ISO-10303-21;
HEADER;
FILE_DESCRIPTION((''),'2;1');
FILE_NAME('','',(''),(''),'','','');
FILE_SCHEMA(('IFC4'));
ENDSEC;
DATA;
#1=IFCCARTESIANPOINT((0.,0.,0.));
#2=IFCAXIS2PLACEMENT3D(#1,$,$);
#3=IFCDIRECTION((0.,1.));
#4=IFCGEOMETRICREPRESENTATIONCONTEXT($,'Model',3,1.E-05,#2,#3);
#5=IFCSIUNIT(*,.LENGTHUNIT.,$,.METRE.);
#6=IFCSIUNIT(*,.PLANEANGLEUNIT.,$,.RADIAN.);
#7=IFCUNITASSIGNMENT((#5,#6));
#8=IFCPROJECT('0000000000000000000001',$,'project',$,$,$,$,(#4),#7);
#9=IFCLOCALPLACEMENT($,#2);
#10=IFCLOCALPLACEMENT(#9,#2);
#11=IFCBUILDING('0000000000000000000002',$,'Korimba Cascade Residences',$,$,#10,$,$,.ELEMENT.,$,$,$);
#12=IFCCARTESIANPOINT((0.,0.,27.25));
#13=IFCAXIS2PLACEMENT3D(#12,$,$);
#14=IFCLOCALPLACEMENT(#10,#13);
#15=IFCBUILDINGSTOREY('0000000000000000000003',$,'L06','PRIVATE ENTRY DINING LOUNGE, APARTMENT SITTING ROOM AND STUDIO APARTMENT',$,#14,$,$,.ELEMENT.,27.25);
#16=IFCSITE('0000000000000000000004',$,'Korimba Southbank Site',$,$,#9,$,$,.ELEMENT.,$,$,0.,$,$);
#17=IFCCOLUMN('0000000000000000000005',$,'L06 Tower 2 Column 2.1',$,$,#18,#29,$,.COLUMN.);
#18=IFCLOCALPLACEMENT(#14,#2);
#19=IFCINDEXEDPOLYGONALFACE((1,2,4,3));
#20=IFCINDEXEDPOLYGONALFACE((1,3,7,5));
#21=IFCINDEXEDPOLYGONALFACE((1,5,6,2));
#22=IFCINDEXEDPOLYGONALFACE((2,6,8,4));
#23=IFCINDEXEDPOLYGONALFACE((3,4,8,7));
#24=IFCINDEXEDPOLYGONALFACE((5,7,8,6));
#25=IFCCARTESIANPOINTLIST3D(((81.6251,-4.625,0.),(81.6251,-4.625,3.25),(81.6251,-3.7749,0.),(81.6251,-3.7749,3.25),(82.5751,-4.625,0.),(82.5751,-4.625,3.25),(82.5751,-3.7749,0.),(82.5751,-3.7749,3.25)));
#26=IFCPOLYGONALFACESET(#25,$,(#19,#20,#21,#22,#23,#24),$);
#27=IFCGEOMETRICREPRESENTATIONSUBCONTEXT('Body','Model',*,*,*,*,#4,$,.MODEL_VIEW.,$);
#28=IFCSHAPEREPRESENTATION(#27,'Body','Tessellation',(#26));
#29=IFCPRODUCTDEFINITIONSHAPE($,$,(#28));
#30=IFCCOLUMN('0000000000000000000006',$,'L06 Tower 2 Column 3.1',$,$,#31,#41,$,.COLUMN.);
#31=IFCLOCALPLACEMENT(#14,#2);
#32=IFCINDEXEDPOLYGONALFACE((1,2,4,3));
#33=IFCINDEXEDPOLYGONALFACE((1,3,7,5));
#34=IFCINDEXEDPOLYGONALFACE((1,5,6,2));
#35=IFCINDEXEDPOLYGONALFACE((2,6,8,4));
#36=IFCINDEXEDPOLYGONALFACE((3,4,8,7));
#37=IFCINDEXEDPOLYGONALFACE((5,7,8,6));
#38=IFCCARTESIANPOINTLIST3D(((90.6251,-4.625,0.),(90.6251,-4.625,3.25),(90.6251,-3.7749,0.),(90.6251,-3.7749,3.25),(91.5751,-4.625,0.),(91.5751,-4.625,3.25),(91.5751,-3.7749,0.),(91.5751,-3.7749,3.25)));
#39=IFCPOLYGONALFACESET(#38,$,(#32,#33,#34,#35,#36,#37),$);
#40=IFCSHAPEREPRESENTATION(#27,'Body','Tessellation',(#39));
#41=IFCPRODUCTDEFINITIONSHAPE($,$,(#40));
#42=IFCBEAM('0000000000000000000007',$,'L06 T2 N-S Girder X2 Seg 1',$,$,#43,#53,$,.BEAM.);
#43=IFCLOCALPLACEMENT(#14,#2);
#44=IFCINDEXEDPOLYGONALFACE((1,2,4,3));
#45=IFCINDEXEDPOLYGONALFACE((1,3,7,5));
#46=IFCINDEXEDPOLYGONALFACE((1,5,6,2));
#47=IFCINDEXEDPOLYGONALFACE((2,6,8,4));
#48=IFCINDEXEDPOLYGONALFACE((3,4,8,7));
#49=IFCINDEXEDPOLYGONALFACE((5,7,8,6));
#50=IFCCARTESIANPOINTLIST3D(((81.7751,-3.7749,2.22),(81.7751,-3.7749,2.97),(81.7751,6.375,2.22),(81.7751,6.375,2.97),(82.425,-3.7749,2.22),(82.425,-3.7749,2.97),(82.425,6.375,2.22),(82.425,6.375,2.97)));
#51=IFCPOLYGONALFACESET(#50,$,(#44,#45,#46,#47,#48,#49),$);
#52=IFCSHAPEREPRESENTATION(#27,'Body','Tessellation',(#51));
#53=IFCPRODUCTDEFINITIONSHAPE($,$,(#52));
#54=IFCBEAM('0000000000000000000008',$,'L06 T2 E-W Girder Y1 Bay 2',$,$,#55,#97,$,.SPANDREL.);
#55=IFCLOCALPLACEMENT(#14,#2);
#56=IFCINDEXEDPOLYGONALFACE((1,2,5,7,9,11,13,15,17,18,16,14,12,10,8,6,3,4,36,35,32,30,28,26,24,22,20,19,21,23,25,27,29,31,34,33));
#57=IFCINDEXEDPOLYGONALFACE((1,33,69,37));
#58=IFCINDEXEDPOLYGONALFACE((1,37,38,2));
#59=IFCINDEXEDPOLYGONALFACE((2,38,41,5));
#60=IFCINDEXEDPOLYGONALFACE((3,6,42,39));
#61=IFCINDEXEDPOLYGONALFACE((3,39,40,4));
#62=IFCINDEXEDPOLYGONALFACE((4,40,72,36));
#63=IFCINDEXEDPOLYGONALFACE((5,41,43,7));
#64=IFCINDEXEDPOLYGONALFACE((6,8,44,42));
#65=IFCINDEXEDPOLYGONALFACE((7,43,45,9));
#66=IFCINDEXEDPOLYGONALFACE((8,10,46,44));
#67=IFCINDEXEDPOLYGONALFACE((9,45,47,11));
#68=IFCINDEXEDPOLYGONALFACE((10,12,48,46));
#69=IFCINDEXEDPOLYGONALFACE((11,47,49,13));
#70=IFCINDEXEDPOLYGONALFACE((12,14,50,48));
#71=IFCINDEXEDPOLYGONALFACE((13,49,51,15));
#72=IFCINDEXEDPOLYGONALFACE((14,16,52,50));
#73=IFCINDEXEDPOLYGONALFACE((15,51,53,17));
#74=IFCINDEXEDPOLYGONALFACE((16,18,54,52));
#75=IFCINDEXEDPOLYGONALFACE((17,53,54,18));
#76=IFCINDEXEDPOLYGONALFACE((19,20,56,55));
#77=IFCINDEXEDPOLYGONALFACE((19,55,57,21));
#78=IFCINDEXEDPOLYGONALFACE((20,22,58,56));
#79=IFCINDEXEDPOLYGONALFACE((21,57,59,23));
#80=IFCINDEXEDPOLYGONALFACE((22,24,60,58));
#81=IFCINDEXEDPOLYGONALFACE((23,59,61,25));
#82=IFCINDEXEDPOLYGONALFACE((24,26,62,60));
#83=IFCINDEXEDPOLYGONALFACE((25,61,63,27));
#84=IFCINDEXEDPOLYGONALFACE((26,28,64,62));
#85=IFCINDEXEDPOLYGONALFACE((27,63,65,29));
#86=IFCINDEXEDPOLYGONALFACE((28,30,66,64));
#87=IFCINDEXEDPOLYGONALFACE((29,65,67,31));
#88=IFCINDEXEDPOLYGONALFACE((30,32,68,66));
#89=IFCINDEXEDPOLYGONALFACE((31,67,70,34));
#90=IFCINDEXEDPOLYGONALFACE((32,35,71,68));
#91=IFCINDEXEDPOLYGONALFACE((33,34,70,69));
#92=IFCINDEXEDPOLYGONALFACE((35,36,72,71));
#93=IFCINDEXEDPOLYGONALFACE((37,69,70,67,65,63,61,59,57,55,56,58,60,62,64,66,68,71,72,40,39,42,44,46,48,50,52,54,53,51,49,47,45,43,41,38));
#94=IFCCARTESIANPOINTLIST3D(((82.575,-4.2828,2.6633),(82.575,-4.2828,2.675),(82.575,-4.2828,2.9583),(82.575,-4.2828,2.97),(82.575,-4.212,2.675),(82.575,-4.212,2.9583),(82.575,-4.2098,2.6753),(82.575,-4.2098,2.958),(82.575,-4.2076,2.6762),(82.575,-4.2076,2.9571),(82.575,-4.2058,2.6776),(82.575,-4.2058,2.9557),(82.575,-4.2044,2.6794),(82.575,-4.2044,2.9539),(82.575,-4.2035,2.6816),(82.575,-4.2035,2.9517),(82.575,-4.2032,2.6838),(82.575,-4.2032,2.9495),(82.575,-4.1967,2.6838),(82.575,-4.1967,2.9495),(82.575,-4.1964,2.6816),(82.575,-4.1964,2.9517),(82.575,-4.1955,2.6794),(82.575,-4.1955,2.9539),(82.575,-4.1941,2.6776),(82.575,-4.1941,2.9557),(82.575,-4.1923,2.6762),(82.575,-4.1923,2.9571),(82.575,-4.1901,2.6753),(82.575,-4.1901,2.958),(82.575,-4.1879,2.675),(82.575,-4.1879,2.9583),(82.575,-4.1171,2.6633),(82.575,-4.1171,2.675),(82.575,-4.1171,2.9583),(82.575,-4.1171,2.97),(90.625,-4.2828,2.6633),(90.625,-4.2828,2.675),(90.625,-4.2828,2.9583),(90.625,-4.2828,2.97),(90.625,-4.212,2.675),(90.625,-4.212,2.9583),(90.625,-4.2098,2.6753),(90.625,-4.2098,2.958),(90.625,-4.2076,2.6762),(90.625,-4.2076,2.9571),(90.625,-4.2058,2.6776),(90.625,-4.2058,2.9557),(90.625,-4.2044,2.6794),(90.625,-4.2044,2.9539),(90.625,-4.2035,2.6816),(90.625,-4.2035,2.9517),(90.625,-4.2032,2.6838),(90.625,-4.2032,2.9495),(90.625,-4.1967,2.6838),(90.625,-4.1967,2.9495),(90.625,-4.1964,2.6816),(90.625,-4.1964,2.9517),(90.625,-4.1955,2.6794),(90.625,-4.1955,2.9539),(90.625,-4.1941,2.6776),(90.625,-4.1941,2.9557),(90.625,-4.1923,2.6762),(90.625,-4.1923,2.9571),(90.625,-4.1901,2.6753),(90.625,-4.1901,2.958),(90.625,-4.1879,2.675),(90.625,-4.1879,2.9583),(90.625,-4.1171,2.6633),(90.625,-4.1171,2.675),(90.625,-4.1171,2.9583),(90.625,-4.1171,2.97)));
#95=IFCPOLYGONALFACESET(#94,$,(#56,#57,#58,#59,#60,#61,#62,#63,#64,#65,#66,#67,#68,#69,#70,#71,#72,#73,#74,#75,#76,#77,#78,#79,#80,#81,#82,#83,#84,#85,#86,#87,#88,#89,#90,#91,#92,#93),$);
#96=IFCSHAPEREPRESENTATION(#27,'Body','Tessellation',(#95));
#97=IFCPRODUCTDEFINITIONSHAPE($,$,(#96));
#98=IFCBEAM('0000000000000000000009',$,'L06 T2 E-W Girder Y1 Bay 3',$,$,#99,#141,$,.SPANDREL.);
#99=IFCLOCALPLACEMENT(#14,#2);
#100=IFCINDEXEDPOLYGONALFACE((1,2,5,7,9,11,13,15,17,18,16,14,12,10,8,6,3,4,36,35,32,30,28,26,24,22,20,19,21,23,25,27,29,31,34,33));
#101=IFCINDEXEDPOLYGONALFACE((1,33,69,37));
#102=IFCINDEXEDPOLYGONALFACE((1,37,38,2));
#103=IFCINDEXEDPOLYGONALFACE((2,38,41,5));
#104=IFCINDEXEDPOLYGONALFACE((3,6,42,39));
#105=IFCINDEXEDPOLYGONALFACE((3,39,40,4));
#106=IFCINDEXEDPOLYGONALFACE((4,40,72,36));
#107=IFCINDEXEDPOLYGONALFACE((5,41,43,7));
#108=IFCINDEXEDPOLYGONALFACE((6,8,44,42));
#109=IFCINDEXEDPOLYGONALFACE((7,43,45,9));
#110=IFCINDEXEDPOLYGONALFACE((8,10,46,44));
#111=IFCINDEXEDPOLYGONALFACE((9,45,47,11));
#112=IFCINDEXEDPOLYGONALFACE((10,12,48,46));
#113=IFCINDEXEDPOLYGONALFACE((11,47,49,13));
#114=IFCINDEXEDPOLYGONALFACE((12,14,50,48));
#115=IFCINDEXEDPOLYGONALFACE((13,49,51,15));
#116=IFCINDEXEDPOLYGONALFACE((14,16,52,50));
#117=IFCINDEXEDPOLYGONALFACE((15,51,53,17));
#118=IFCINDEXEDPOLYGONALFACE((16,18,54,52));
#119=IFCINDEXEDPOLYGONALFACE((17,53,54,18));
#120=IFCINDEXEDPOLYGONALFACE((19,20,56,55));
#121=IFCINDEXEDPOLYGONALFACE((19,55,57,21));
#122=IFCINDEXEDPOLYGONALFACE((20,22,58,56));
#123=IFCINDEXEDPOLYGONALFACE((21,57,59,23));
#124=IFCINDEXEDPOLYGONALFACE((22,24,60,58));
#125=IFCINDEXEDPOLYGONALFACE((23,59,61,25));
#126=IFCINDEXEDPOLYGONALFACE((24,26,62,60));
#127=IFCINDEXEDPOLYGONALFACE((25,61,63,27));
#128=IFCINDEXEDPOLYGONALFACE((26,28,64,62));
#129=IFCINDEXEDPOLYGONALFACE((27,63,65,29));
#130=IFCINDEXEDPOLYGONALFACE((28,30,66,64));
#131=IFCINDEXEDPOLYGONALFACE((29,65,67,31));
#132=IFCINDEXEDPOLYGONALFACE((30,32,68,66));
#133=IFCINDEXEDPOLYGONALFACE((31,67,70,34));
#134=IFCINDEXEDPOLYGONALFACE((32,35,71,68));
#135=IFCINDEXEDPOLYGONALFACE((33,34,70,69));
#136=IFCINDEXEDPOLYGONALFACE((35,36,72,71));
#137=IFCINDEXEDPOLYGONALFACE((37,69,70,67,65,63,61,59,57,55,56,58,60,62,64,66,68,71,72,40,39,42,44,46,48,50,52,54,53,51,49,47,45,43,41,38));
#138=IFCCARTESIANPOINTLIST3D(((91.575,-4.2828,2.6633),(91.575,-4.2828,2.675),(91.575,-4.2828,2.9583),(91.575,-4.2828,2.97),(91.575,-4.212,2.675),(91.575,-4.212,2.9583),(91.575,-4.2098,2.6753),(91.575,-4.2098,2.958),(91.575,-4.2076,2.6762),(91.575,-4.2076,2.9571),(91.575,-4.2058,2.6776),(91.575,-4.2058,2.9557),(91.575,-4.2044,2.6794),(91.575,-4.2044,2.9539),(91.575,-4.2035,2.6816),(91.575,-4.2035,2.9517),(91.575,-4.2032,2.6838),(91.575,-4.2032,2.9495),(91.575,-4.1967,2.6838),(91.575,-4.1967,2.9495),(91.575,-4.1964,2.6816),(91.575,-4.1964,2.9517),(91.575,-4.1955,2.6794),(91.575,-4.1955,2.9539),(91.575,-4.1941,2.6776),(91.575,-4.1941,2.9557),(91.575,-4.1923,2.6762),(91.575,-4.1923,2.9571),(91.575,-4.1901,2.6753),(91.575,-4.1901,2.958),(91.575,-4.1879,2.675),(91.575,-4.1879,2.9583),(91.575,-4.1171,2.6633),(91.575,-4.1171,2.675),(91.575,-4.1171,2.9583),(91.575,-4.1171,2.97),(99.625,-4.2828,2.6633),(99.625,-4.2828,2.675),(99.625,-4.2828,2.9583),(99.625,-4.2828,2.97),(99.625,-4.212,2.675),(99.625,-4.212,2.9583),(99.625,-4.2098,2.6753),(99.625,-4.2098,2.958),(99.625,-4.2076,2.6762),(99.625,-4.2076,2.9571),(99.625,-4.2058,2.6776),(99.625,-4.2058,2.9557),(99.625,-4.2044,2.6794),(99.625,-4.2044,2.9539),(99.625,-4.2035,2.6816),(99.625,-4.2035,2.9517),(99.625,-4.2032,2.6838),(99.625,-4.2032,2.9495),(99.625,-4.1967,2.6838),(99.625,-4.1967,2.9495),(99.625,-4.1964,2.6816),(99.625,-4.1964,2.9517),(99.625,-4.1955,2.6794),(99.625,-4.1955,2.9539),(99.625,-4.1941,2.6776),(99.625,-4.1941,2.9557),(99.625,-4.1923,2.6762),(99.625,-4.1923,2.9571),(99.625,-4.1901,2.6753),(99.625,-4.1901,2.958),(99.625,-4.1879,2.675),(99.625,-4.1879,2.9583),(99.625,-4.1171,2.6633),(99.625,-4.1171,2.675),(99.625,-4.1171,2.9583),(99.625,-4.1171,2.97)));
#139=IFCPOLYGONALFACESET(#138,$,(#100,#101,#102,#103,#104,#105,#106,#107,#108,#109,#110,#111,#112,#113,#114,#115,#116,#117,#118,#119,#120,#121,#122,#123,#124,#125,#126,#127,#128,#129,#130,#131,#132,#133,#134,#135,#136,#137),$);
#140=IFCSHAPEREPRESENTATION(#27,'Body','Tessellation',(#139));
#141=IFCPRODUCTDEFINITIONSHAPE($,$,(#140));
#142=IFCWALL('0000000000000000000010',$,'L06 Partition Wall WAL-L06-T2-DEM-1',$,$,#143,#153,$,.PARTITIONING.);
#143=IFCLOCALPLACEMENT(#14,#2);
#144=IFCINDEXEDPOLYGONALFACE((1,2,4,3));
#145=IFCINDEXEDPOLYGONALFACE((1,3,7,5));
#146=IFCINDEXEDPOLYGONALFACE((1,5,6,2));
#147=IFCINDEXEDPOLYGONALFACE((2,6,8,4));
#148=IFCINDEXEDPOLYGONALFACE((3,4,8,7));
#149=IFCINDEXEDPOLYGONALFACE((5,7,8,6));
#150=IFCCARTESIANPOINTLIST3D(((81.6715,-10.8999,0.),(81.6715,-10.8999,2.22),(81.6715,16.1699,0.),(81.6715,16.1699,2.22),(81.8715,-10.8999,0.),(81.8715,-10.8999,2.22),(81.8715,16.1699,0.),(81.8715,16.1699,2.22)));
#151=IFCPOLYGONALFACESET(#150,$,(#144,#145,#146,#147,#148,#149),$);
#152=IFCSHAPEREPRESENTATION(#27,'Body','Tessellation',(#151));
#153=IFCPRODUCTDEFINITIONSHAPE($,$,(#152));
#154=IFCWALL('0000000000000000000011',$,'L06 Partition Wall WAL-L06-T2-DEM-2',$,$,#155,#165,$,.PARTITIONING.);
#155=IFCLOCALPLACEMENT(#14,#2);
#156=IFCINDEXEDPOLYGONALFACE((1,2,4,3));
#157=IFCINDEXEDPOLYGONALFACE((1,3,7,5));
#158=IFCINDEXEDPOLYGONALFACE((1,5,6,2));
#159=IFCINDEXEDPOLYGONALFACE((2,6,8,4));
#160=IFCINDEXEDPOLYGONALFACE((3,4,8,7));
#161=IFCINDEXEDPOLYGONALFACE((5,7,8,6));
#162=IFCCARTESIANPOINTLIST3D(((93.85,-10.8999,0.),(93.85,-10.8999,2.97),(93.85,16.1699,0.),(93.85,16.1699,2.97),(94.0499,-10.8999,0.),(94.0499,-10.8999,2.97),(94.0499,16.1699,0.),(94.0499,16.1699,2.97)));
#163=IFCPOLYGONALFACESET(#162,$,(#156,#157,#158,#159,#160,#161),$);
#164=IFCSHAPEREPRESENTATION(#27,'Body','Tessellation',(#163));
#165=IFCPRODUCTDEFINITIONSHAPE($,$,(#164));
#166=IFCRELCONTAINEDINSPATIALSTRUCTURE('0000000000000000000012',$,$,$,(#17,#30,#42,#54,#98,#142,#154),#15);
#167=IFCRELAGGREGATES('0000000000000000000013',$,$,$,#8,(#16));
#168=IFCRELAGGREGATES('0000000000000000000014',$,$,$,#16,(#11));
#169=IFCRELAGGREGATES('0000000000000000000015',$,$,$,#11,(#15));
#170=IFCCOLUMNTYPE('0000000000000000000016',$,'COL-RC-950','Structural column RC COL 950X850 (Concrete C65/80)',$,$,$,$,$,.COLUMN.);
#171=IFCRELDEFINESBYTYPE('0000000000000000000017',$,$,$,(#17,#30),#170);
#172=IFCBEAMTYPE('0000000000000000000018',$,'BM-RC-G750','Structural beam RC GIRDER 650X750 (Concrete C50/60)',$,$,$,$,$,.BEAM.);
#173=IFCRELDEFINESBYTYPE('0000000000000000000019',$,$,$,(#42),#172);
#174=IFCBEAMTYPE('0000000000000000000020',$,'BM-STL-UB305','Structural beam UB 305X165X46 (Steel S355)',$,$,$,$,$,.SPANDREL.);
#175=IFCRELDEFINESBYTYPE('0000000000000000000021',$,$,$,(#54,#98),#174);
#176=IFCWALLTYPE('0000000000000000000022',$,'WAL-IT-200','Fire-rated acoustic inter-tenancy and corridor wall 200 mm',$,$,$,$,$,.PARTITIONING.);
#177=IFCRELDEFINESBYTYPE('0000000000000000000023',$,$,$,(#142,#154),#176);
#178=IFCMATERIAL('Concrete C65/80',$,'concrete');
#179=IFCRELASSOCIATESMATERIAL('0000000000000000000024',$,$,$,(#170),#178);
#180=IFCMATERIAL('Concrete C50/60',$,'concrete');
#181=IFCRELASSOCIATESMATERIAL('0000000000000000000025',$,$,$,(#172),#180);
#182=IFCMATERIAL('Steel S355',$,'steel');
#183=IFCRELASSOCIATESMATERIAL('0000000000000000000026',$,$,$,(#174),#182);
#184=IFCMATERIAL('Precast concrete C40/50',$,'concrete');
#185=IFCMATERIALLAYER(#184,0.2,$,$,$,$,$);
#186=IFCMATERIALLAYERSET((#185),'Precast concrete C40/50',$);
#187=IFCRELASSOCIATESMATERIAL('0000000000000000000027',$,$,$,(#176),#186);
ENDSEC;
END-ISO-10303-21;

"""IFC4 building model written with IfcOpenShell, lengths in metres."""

from ifc_helpers import new_model, si_unit, direction, frame, frame_2d, origin, origin_2d, place, context, subcontext, project, spatial, rectangle, i_section, extrude, material, layer, layer_set, material_profile, profile_set, type_object, element, save


model = new_model("IFC4")

# Units and contexts
model_context = context("Model", 3, precision=1e-05, world=origin(), true_north=direction((0.0, 1.0)))
body_context = subcontext(model_context, "Body", "Model", "MODEL_VIEW")
ifc_project = project(units=[si_unit("LENGTHUNIT", "METRE"), si_unit("PLANEANGLEUNIT", "RADIAN")], contexts=[model_context])

# Site, building, storey
site_placement = place(None, origin())
site = spatial("IfcSite", under=ifc_project, at=site_placement, Name="Korimba Southbank Site", CompositionType="ELEMENT", RefElevation=0.0)
building_placement = place(site_placement, origin())
building = spatial("IfcBuilding", under=site, at=building_placement, Name="Korimba Cascade Residences", CompositionType="ELEMENT")
storey_placement = place(building_placement, frame((0.0, 0.0, 27.25)))
storey = spatial("IfcBuildingStorey", under=building, at=storey_placement, Name="L06", Description="PRIVATE ENTRY DINING LOUNGE, APARTMENT SITTING ROOM AND STUDIO APARTMENT", CompositionType="ELEMENT", Elevation=27.25)

# Columns
ifc_material_1 = material(Name="Concrete C65/80", Category="concrete")
ifc_material_profile_1 = material_profile(ifc_material_1, rectangle(XDim=0.95, YDim=0.8501, at=origin_2d()), Name="Concrete C65/80")
ifc_profile_set_1 = profile_set([ifc_material_profile_1], Name="Concrete C65/80")
column_type = type_object("IfcColumnType", Name="COL-RC-950", Description="Structural column RC COL 950X850 (Concrete C65/80)", PredefinedType="COLUMN", material=ifc_profile_set_1)
for number, where, z_axis, x_axis, name in (
    (1, (82.1001, -4.2, 0.0), (0.0, 0.0, 1.0), (1.0, 0.0, 0.0), "L06 Tower 2 Column 2.1"),
    (2, (91.1001, -4.2, 0.0), (0.0, 0.0, 1.0), (1.0, 0.0, 0.0), "L06 Tower 2 Column 3.1"),
):
    element("IfcColumn", number, at=place(storey_placement, frame(where, z_axis=z_axis, x_axis=x_axis)), inside=storey, type_object=column_type, Name=name, PredefinedType="COLUMN", context=body_context, shape_type="SweptSolid", body=[
        extrude(rectangle(XDim=0.95, YDim=0.8501, at=origin_2d()), origin(), (0.0, 0.0, 1.0), 3.25),
    ])

# Beams
ifc_material_2 = material(Name="Concrete C50/60", Category="concrete")
ifc_material_profile_2 = material_profile(ifc_material_2, rectangle(XDim=0.6499, YDim=0.75, at=origin_2d()), Name="Concrete C50/60")
ifc_profile_set_2 = profile_set([ifc_material_profile_2], Name="Concrete C50/60")
beam_type_1 = type_object("IfcBeamType", Name="BM-RC-G750", Description="Structural beam RC GIRDER 650X750 (Concrete C50/60)", PredefinedType="BEAM", material=ifc_profile_set_2)
beam_placement = place(storey_placement, frame((82.1001, -3.7749, 2.595), z_axis=(0.0, 1.0, 0.0), x_axis=(-1.0, 0.0, 0.0)))
element("IfcBeam", 3, at=beam_placement, inside=storey, type_object=beam_type_1, Name="L06 T2 N-S Girder X2 Seg 1", PredefinedType="BEAM", context=body_context, shape_type="SweptSolid", body=[
    extrude(rectangle(XDim=0.6499, YDim=0.75, at=origin_2d()), origin(), (0.0, 0.0, 1.0), 10.1499),
])
ifc_material_3 = material(Name="Steel S355", Category="steel")
ifc_material_profile_3 = material_profile(ifc_material_3, i_section(OverallWidth=0.1658, OverallDepth=0.3066, WebThickness=0.0066, FlangeThickness=0.0117, FilletRadius=0.0088, at=origin_2d()), Name="Steel S355")
ifc_profile_set_3 = profile_set([ifc_material_profile_3], Name="Steel S355")
beam_type_2 = type_object("IfcBeamType", Name="BM-STL-UB305", Description="Structural beam UB 305X165X46 (Steel S355)", PredefinedType="SPANDREL", material=ifc_profile_set_3)
for number, where, z_axis, x_axis, name in (
    (4, (82.575, -4.2, 2.8167), (1.0, 0.0, 0.0), (0.0, 1.0, 0.0), "L06 T2 E-W Girder Y1 Bay 2"),
    (5, (91.575, -4.2, 2.8167), (1.0, 0.0, 0.0), (0.0, 1.0, 0.0), "L06 T2 E-W Girder Y1 Bay 3"),
):
    element("IfcBeam", number, at=place(storey_placement, frame(where, z_axis=z_axis, x_axis=x_axis)), inside=storey, type_object=beam_type_2, Name=name, PredefinedType="SPANDREL", context=body_context, shape_type="SweptSolid", body=[
        extrude(i_section(OverallWidth=0.1658, OverallDepth=0.3066, WebThickness=0.0066, FlangeThickness=0.0117, FilletRadius=0.0088, at=origin_2d()), origin(), (0.0, 0.0, 1.0), 8.05),
    ])

# Walls
ifc_material_4 = material(Name="Precast concrete C40/50", Category="concrete")
ifc_layer_1 = layer(ifc_material_4, 0.2)
ifc_layer_set_1 = layer_set([ifc_layer_1], Name="Precast concrete C40/50")
wall_type_1 = type_object("IfcWallType", Name="WAL-IT-200", Description="Fire-rated acoustic inter-tenancy and corridor wall 200 mm", PredefinedType="PARTITIONING", material=ifc_layer_set_1)
wall_1_placement = place(storey_placement, frame((81.7715, -10.8999, 0.0), z_axis=(0.0, 0.0, 1.0), x_axis=(0.0, 1.0, 0.0)))
element("IfcWall", 6, at=wall_1_placement, inside=storey, type_object=wall_type_1, Name="L06 Partition Wall WAL-L06-T2-DEM-1", PredefinedType="PARTITIONING", context=body_context, shape_type="SweptSolid", body=[
    extrude(rectangle(XDim=27.0698, YDim=0.2, at=frame_2d((13.5349, 0.0))), origin(), (0.0, 0.0, 1.0), 2.22),
])
wall_2_placement = place(storey_placement, frame((93.95, -10.8999, 0.0), z_axis=(0.0, 0.0, 1.0), x_axis=(0.0, 1.0, 0.0)))
element("IfcWall", 7, at=wall_2_placement, inside=storey, type_object=wall_type_1, Name="L06 Partition Wall WAL-L06-T2-DEM-2", PredefinedType="PARTITIONING", context=body_context, shape_type="SweptSolid", body=[
    extrude(rectangle(XDim=27.0698, YDim=0.2, at=frame_2d((13.5349, 0.0))), origin(), (0.0, 0.0, 1.0), 2.97),
])

save(model, "model.ifc")
